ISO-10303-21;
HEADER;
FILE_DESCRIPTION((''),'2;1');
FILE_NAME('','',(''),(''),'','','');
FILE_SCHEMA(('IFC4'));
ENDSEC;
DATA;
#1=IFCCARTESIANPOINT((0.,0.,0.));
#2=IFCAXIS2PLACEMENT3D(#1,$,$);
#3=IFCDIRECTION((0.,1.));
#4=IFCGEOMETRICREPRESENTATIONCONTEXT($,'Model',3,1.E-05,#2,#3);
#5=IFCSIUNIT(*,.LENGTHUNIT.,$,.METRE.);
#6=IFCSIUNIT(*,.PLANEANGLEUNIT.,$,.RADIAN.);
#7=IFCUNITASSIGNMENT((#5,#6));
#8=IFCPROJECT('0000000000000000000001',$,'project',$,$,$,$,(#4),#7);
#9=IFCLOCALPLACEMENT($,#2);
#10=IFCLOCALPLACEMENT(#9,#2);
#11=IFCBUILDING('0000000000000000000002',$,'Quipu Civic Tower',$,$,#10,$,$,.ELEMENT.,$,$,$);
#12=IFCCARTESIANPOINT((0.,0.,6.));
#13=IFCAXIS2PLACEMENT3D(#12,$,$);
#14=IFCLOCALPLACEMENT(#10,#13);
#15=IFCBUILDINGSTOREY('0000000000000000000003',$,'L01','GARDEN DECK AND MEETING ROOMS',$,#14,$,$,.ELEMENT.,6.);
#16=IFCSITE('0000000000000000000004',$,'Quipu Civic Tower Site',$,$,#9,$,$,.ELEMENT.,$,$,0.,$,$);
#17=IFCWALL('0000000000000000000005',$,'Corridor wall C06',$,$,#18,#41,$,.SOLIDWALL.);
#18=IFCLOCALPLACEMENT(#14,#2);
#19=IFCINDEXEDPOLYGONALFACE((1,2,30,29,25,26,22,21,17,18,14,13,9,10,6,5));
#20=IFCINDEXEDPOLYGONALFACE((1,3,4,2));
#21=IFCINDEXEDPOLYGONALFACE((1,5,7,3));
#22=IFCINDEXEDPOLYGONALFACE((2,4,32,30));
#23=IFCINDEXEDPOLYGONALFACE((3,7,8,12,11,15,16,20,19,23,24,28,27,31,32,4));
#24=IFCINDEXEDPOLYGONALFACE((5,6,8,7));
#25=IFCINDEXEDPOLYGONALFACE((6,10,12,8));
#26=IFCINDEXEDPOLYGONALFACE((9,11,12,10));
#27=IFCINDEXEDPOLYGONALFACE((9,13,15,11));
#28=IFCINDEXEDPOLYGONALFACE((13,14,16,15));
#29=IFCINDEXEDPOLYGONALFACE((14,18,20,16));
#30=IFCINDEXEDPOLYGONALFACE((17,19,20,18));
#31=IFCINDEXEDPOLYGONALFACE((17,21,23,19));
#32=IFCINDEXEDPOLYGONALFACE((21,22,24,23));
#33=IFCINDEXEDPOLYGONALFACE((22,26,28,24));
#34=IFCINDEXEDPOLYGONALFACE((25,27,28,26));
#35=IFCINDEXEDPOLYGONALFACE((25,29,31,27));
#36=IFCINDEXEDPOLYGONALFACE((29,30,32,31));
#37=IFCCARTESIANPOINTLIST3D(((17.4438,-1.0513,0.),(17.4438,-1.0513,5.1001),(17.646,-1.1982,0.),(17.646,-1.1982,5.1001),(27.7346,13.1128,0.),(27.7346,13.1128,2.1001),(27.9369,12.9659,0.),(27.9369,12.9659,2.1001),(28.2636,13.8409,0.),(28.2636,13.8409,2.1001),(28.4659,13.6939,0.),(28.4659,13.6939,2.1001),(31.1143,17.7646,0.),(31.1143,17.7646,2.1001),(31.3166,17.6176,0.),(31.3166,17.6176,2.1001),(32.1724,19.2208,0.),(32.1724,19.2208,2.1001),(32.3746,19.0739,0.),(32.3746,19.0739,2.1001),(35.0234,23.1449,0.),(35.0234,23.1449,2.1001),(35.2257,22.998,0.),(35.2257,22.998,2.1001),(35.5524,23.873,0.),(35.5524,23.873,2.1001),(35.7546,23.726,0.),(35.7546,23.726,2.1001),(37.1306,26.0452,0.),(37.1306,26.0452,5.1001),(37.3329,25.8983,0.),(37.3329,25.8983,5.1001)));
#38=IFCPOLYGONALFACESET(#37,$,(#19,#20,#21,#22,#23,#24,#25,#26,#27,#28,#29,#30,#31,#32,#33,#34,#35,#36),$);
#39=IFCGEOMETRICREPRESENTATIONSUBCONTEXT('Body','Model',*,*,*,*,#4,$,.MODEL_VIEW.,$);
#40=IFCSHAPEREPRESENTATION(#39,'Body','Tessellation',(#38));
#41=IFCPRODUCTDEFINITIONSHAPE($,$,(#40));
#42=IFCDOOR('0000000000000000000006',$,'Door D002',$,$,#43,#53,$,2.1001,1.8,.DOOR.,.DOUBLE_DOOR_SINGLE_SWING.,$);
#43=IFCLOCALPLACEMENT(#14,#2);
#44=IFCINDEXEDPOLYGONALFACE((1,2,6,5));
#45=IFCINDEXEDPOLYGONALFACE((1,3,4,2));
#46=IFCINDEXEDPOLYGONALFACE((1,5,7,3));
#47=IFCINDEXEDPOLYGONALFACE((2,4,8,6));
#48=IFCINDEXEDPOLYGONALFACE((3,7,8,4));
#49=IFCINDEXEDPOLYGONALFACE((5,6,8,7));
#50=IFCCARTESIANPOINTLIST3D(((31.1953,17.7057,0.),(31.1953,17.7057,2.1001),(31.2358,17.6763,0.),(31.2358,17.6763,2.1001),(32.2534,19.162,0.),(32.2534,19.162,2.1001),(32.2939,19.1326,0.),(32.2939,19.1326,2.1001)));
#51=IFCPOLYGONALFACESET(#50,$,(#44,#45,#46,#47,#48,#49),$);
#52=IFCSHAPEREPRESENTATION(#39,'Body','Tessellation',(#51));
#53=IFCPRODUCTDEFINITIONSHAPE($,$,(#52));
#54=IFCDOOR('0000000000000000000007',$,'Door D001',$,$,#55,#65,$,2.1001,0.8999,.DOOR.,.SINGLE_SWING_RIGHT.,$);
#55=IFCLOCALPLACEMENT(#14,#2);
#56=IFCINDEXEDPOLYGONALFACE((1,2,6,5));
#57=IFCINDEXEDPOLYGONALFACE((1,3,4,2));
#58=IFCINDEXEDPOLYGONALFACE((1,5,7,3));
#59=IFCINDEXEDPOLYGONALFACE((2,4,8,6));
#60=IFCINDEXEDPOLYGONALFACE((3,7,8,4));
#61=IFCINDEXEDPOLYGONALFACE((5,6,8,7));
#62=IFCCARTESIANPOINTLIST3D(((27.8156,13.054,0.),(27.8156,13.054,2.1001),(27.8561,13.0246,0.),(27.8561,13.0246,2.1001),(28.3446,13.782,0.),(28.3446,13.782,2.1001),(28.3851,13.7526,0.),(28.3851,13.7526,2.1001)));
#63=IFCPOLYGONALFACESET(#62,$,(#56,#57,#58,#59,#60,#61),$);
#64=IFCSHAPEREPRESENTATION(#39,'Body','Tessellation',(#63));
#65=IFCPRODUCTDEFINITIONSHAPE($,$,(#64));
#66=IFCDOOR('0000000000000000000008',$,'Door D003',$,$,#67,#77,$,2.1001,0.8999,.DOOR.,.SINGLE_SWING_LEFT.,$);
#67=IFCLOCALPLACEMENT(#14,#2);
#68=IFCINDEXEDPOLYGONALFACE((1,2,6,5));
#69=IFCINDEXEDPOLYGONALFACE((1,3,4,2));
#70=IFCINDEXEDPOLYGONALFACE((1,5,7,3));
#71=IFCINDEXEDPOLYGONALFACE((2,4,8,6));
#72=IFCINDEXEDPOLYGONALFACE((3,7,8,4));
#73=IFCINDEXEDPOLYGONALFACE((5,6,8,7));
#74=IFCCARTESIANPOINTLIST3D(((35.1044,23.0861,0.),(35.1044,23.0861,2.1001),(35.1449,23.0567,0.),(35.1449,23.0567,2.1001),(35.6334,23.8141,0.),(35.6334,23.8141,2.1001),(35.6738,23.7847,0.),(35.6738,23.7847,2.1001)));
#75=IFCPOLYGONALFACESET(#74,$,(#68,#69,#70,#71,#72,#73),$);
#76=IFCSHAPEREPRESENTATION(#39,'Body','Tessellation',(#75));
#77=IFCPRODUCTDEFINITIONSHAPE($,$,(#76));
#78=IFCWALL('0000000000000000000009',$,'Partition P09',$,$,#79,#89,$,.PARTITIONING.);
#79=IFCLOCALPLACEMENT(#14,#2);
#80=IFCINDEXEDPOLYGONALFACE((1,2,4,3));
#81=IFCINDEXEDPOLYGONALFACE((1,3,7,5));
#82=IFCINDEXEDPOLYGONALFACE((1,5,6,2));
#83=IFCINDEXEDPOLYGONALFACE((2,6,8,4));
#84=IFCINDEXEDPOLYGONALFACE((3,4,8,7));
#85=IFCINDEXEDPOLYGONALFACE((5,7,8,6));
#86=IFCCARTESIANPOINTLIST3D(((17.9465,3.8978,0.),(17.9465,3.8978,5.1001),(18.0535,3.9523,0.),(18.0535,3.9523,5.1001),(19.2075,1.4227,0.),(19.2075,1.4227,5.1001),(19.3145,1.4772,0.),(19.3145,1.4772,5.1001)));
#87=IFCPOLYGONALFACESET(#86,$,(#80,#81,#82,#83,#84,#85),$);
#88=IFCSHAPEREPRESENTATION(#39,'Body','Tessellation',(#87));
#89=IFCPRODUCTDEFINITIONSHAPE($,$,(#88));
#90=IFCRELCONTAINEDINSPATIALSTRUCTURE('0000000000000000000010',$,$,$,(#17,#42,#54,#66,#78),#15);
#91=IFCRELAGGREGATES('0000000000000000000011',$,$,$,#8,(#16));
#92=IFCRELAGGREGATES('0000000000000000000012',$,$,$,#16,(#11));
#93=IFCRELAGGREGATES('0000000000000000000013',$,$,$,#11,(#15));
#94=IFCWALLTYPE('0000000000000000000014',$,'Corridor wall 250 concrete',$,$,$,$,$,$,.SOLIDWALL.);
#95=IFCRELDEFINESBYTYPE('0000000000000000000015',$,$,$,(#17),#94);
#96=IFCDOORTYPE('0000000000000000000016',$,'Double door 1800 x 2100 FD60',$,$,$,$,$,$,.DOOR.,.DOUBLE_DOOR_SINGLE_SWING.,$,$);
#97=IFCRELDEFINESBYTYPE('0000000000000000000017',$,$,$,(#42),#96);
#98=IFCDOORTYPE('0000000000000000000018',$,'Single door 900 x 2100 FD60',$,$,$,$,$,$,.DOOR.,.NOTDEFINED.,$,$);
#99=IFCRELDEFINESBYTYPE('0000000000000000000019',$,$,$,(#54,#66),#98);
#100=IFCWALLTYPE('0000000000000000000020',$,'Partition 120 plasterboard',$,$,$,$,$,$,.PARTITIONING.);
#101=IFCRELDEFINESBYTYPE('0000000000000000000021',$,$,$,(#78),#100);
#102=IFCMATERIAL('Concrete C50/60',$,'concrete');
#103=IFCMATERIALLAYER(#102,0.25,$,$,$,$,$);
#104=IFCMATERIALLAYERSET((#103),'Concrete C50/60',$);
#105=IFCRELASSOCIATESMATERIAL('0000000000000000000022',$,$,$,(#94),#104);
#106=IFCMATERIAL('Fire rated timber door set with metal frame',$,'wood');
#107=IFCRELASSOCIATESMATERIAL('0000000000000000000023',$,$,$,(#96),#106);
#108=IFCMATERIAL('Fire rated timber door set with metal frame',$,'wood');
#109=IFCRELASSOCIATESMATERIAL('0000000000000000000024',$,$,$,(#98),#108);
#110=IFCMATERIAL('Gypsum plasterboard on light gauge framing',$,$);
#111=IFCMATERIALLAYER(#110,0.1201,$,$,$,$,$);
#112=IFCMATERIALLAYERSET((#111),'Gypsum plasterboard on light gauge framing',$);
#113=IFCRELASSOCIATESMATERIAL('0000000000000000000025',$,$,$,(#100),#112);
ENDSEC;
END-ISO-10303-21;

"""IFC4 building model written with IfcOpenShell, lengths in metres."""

from ifc_helpers import new_model, si_unit, direction, frame, frame_2d, origin, place, context, subcontext, project, spatial, rectangle, extrude, material, layer, layer_set, type_object, element, fill, save


model = new_model("IFC4")

# Units and contexts
model_context = context("Model", 3, precision=1e-05, world=origin(), true_north=direction((0.0, 1.0)))
body_context = subcontext(model_context, "Body", "Model", "MODEL_VIEW")
ifc_project = project(units=[si_unit("LENGTHUNIT", "METRE"), si_unit("PLANEANGLEUNIT", "RADIAN")], contexts=[model_context])

# Site, building, storey
site_placement = place(None, origin())
site = spatial("IfcSite", under=ifc_project, at=site_placement, Name="Quipu Civic Tower Site", CompositionType="ELEMENT", RefElevation=0.0)
building_placement = place(site_placement, origin())
building = spatial("IfcBuilding", under=site, at=building_placement, Name="Quipu Civic Tower", CompositionType="ELEMENT")
storey_placement = place(building_placement, frame((0.0, 0.0, 6.0)))
storey = spatial("IfcBuildingStorey", under=building, at=storey_placement, Name="L01", Description="GARDEN DECK AND MEETING ROOMS", CompositionType="ELEMENT", Elevation=6.0)

# Wall, openings, doors
ifc_material_1 = material(Name="Concrete C50/60", Category="concrete")
ifc_layer_1 = layer(ifc_material_1, 0.25)
ifc_layer_set_1 = layer_set([ifc_layer_1], Name="Concrete C50/60")
wall_type_1 = type_object("IfcWallType", Name="Corridor wall 250 concrete", PredefinedType="SOLIDWALL", material=ifc_layer_set_1)
wall_1_placement = place(storey_placement, frame((17.5449, -1.1248, 0.0), z_axis=(0.0, 0.0, 1.0), x_axis=(0.587786, 0.809016, 0.0)))
wall_1 = element("IfcWall", 1, at=wall_1_placement, inside=storey, type_object=wall_type_1, Name="Corridor wall C06", PredefinedType="SOLIDWALL", context=body_context, shape_type="SweptSolid", body=[
    extrude(rectangle(XDim=33.4932, YDim=0.25, at=frame_2d((16.7466, 0.0))), origin(), (0.0, 0.0, 1.0), 5.1001),
])
opening_1_placement = place(wall_1_placement, frame((17.5078, 0.0, 0.0)))
opening_1 = element("IfcOpeningElement", 2, at=opening_1_placement, cuts=wall_1, PredefinedType="OPENING", context=body_context, shape_type="SweptSolid", body=[
    extrude(rectangle(XDim=0.8999, YDim=2.1001, at=frame_2d((0.45, 1.05))), frame((0.0, 0.135, 0.0), z_axis=(0.0, -1.0, 0.0), x_axis=(1.0, 0.0, 0.0)), (0.0, 0.0, 1.0), 0.27),
])
opening_2_placement = place(wall_1_placement, frame((29.9082, 0.0, 0.0)))
opening_2 = element("IfcOpeningElement", 3, at=opening_2_placement, cuts=wall_1, PredefinedType="OPENING", context=body_context, shape_type="SweptSolid", body=[
    extrude(rectangle(XDim=0.8999, YDim=2.1001, at=frame_2d((0.45, 1.05))), frame((0.0, 0.135, 0.0), z_axis=(0.0, -1.0, 0.0), x_axis=(1.0, 0.0, 0.0)), (0.0, 0.0, 1.0), 0.27),
])
opening_3_placement = place(wall_1_placement, frame((23.2578, 0.0, 0.0)))
opening_3 = element("IfcOpeningElement", 4, at=opening_3_placement, cuts=wall_1, PredefinedType="OPENING", context=body_context, shape_type="SweptSolid", body=[
    extrude(rectangle(XDim=1.8, YDim=2.1001, at=frame_2d((0.8999, 1.05))), frame((0.0, 0.135, 0.0), z_axis=(0.0, -1.0, 0.0), x_axis=(1.0, 0.0, 0.0)), (0.0, 0.0, 1.0), 0.27),
])
ifc_material_2 = material(Name="Fire rated timber door set with metal frame", Category="wood")
door_type_1 = type_object("IfcDoorType", Name="Double door 1800 x 2100 FD60", OperationType="DOUBLE_DOOR_SINGLE_SWING", PredefinedType="DOOR", material=ifc_material_2)
door_1_placement = place(opening_3_placement, origin())
door_1 = element("IfcDoor", 5, at=door_1_placement, inside=storey, type_object=door_type_1, Name="Door D002", OperationType="DOUBLE_DOOR_SINGLE_SWING", OverallHeight=2.1001, OverallWidth=1.8, PredefinedType="DOOR", context=body_context, shape_type="SweptSolid", body=[
    extrude(rectangle(XDim=1.8, YDim=2.1001, at=frame_2d((0.8999, 1.05))), frame((0.0, 0.0249, 0.0), z_axis=(0.0, -1.0, 0.0), x_axis=(1.0, 0.0, 0.0)), (0.0, 0.0, 1.0), 0.05),
])
fill(opening_3, door_1)
ifc_material_3 = material(Name="Fire rated timber door set with metal frame", Category="wood")
door_type_2 = type_object("IfcDoorType", Name="Single door 900 x 2100 FD60", OperationType="NOTDEFINED", PredefinedType="DOOR", material=ifc_material_3)
door_2_placement = place(opening_1_placement, origin())
door_2 = element("IfcDoor", 6, at=door_2_placement, inside=storey, type_object=door_type_2, Name="Door D001", OperationType="SINGLE_SWING_RIGHT", OverallHeight=2.1001, OverallWidth=0.8999, PredefinedType="DOOR", context=body_context, shape_type="SweptSolid", body=[
    extrude(rectangle(XDim=0.8999, YDim=2.1001, at=frame_2d((0.45, 1.05))), frame((0.0, 0.0249, 0.0), z_axis=(0.0, -1.0, 0.0), x_axis=(1.0, 0.0, 0.0)), (0.0, 0.0, 1.0), 0.05),
])
fill(opening_1, door_2)
door_3_placement = place(opening_2_placement, origin())
door_3 = element("IfcDoor", 7, at=door_3_placement, inside=storey, type_object=door_type_2, Name="Door D003", OperationType="SINGLE_SWING_LEFT", OverallHeight=2.1001, OverallWidth=0.8999, PredefinedType="DOOR", context=body_context, shape_type="SweptSolid", body=[
    extrude(rectangle(XDim=0.8999, YDim=2.1001, at=frame_2d((0.45, 1.05))), frame((0.0, 0.0249, 0.0), z_axis=(0.0, -1.0, 0.0), x_axis=(1.0, 0.0, 0.0)), (0.0, 0.0, 1.0), 0.05),
])
fill(opening_2, door_3)

# Wall
ifc_material_4 = material(Name="Gypsum plasterboard on light gauge framing")
ifc_layer_2 = layer(ifc_material_4, 0.1201)
ifc_layer_set_2 = layer_set([ifc_layer_2], Name="Gypsum plasterboard on light gauge framing")
wall_type_2 = type_object("IfcWallType", Name="Partition 120 plasterboard", PredefinedType="PARTITIONING", material=ifc_layer_set_2)
wall_2_placement = place(storey_placement, frame((18.0, 3.925, 0.0), z_axis=(0.0, 0.0, 1.0), x_axis=(0.453951, -0.891027, 0.0)))
element("IfcWall", 8, at=wall_2_placement, inside=storey, type_object=wall_type_2, Name="Partition P09", PredefinedType="PARTITIONING", context=body_context, shape_type="SweptSolid", body=[
    extrude(rectangle(XDim=2.7778, YDim=0.1201, at=frame_2d((1.3889, 0.0))), origin(), (0.0, 0.0, 1.0), 5.1001),
])

save(model, "model.ifc")
